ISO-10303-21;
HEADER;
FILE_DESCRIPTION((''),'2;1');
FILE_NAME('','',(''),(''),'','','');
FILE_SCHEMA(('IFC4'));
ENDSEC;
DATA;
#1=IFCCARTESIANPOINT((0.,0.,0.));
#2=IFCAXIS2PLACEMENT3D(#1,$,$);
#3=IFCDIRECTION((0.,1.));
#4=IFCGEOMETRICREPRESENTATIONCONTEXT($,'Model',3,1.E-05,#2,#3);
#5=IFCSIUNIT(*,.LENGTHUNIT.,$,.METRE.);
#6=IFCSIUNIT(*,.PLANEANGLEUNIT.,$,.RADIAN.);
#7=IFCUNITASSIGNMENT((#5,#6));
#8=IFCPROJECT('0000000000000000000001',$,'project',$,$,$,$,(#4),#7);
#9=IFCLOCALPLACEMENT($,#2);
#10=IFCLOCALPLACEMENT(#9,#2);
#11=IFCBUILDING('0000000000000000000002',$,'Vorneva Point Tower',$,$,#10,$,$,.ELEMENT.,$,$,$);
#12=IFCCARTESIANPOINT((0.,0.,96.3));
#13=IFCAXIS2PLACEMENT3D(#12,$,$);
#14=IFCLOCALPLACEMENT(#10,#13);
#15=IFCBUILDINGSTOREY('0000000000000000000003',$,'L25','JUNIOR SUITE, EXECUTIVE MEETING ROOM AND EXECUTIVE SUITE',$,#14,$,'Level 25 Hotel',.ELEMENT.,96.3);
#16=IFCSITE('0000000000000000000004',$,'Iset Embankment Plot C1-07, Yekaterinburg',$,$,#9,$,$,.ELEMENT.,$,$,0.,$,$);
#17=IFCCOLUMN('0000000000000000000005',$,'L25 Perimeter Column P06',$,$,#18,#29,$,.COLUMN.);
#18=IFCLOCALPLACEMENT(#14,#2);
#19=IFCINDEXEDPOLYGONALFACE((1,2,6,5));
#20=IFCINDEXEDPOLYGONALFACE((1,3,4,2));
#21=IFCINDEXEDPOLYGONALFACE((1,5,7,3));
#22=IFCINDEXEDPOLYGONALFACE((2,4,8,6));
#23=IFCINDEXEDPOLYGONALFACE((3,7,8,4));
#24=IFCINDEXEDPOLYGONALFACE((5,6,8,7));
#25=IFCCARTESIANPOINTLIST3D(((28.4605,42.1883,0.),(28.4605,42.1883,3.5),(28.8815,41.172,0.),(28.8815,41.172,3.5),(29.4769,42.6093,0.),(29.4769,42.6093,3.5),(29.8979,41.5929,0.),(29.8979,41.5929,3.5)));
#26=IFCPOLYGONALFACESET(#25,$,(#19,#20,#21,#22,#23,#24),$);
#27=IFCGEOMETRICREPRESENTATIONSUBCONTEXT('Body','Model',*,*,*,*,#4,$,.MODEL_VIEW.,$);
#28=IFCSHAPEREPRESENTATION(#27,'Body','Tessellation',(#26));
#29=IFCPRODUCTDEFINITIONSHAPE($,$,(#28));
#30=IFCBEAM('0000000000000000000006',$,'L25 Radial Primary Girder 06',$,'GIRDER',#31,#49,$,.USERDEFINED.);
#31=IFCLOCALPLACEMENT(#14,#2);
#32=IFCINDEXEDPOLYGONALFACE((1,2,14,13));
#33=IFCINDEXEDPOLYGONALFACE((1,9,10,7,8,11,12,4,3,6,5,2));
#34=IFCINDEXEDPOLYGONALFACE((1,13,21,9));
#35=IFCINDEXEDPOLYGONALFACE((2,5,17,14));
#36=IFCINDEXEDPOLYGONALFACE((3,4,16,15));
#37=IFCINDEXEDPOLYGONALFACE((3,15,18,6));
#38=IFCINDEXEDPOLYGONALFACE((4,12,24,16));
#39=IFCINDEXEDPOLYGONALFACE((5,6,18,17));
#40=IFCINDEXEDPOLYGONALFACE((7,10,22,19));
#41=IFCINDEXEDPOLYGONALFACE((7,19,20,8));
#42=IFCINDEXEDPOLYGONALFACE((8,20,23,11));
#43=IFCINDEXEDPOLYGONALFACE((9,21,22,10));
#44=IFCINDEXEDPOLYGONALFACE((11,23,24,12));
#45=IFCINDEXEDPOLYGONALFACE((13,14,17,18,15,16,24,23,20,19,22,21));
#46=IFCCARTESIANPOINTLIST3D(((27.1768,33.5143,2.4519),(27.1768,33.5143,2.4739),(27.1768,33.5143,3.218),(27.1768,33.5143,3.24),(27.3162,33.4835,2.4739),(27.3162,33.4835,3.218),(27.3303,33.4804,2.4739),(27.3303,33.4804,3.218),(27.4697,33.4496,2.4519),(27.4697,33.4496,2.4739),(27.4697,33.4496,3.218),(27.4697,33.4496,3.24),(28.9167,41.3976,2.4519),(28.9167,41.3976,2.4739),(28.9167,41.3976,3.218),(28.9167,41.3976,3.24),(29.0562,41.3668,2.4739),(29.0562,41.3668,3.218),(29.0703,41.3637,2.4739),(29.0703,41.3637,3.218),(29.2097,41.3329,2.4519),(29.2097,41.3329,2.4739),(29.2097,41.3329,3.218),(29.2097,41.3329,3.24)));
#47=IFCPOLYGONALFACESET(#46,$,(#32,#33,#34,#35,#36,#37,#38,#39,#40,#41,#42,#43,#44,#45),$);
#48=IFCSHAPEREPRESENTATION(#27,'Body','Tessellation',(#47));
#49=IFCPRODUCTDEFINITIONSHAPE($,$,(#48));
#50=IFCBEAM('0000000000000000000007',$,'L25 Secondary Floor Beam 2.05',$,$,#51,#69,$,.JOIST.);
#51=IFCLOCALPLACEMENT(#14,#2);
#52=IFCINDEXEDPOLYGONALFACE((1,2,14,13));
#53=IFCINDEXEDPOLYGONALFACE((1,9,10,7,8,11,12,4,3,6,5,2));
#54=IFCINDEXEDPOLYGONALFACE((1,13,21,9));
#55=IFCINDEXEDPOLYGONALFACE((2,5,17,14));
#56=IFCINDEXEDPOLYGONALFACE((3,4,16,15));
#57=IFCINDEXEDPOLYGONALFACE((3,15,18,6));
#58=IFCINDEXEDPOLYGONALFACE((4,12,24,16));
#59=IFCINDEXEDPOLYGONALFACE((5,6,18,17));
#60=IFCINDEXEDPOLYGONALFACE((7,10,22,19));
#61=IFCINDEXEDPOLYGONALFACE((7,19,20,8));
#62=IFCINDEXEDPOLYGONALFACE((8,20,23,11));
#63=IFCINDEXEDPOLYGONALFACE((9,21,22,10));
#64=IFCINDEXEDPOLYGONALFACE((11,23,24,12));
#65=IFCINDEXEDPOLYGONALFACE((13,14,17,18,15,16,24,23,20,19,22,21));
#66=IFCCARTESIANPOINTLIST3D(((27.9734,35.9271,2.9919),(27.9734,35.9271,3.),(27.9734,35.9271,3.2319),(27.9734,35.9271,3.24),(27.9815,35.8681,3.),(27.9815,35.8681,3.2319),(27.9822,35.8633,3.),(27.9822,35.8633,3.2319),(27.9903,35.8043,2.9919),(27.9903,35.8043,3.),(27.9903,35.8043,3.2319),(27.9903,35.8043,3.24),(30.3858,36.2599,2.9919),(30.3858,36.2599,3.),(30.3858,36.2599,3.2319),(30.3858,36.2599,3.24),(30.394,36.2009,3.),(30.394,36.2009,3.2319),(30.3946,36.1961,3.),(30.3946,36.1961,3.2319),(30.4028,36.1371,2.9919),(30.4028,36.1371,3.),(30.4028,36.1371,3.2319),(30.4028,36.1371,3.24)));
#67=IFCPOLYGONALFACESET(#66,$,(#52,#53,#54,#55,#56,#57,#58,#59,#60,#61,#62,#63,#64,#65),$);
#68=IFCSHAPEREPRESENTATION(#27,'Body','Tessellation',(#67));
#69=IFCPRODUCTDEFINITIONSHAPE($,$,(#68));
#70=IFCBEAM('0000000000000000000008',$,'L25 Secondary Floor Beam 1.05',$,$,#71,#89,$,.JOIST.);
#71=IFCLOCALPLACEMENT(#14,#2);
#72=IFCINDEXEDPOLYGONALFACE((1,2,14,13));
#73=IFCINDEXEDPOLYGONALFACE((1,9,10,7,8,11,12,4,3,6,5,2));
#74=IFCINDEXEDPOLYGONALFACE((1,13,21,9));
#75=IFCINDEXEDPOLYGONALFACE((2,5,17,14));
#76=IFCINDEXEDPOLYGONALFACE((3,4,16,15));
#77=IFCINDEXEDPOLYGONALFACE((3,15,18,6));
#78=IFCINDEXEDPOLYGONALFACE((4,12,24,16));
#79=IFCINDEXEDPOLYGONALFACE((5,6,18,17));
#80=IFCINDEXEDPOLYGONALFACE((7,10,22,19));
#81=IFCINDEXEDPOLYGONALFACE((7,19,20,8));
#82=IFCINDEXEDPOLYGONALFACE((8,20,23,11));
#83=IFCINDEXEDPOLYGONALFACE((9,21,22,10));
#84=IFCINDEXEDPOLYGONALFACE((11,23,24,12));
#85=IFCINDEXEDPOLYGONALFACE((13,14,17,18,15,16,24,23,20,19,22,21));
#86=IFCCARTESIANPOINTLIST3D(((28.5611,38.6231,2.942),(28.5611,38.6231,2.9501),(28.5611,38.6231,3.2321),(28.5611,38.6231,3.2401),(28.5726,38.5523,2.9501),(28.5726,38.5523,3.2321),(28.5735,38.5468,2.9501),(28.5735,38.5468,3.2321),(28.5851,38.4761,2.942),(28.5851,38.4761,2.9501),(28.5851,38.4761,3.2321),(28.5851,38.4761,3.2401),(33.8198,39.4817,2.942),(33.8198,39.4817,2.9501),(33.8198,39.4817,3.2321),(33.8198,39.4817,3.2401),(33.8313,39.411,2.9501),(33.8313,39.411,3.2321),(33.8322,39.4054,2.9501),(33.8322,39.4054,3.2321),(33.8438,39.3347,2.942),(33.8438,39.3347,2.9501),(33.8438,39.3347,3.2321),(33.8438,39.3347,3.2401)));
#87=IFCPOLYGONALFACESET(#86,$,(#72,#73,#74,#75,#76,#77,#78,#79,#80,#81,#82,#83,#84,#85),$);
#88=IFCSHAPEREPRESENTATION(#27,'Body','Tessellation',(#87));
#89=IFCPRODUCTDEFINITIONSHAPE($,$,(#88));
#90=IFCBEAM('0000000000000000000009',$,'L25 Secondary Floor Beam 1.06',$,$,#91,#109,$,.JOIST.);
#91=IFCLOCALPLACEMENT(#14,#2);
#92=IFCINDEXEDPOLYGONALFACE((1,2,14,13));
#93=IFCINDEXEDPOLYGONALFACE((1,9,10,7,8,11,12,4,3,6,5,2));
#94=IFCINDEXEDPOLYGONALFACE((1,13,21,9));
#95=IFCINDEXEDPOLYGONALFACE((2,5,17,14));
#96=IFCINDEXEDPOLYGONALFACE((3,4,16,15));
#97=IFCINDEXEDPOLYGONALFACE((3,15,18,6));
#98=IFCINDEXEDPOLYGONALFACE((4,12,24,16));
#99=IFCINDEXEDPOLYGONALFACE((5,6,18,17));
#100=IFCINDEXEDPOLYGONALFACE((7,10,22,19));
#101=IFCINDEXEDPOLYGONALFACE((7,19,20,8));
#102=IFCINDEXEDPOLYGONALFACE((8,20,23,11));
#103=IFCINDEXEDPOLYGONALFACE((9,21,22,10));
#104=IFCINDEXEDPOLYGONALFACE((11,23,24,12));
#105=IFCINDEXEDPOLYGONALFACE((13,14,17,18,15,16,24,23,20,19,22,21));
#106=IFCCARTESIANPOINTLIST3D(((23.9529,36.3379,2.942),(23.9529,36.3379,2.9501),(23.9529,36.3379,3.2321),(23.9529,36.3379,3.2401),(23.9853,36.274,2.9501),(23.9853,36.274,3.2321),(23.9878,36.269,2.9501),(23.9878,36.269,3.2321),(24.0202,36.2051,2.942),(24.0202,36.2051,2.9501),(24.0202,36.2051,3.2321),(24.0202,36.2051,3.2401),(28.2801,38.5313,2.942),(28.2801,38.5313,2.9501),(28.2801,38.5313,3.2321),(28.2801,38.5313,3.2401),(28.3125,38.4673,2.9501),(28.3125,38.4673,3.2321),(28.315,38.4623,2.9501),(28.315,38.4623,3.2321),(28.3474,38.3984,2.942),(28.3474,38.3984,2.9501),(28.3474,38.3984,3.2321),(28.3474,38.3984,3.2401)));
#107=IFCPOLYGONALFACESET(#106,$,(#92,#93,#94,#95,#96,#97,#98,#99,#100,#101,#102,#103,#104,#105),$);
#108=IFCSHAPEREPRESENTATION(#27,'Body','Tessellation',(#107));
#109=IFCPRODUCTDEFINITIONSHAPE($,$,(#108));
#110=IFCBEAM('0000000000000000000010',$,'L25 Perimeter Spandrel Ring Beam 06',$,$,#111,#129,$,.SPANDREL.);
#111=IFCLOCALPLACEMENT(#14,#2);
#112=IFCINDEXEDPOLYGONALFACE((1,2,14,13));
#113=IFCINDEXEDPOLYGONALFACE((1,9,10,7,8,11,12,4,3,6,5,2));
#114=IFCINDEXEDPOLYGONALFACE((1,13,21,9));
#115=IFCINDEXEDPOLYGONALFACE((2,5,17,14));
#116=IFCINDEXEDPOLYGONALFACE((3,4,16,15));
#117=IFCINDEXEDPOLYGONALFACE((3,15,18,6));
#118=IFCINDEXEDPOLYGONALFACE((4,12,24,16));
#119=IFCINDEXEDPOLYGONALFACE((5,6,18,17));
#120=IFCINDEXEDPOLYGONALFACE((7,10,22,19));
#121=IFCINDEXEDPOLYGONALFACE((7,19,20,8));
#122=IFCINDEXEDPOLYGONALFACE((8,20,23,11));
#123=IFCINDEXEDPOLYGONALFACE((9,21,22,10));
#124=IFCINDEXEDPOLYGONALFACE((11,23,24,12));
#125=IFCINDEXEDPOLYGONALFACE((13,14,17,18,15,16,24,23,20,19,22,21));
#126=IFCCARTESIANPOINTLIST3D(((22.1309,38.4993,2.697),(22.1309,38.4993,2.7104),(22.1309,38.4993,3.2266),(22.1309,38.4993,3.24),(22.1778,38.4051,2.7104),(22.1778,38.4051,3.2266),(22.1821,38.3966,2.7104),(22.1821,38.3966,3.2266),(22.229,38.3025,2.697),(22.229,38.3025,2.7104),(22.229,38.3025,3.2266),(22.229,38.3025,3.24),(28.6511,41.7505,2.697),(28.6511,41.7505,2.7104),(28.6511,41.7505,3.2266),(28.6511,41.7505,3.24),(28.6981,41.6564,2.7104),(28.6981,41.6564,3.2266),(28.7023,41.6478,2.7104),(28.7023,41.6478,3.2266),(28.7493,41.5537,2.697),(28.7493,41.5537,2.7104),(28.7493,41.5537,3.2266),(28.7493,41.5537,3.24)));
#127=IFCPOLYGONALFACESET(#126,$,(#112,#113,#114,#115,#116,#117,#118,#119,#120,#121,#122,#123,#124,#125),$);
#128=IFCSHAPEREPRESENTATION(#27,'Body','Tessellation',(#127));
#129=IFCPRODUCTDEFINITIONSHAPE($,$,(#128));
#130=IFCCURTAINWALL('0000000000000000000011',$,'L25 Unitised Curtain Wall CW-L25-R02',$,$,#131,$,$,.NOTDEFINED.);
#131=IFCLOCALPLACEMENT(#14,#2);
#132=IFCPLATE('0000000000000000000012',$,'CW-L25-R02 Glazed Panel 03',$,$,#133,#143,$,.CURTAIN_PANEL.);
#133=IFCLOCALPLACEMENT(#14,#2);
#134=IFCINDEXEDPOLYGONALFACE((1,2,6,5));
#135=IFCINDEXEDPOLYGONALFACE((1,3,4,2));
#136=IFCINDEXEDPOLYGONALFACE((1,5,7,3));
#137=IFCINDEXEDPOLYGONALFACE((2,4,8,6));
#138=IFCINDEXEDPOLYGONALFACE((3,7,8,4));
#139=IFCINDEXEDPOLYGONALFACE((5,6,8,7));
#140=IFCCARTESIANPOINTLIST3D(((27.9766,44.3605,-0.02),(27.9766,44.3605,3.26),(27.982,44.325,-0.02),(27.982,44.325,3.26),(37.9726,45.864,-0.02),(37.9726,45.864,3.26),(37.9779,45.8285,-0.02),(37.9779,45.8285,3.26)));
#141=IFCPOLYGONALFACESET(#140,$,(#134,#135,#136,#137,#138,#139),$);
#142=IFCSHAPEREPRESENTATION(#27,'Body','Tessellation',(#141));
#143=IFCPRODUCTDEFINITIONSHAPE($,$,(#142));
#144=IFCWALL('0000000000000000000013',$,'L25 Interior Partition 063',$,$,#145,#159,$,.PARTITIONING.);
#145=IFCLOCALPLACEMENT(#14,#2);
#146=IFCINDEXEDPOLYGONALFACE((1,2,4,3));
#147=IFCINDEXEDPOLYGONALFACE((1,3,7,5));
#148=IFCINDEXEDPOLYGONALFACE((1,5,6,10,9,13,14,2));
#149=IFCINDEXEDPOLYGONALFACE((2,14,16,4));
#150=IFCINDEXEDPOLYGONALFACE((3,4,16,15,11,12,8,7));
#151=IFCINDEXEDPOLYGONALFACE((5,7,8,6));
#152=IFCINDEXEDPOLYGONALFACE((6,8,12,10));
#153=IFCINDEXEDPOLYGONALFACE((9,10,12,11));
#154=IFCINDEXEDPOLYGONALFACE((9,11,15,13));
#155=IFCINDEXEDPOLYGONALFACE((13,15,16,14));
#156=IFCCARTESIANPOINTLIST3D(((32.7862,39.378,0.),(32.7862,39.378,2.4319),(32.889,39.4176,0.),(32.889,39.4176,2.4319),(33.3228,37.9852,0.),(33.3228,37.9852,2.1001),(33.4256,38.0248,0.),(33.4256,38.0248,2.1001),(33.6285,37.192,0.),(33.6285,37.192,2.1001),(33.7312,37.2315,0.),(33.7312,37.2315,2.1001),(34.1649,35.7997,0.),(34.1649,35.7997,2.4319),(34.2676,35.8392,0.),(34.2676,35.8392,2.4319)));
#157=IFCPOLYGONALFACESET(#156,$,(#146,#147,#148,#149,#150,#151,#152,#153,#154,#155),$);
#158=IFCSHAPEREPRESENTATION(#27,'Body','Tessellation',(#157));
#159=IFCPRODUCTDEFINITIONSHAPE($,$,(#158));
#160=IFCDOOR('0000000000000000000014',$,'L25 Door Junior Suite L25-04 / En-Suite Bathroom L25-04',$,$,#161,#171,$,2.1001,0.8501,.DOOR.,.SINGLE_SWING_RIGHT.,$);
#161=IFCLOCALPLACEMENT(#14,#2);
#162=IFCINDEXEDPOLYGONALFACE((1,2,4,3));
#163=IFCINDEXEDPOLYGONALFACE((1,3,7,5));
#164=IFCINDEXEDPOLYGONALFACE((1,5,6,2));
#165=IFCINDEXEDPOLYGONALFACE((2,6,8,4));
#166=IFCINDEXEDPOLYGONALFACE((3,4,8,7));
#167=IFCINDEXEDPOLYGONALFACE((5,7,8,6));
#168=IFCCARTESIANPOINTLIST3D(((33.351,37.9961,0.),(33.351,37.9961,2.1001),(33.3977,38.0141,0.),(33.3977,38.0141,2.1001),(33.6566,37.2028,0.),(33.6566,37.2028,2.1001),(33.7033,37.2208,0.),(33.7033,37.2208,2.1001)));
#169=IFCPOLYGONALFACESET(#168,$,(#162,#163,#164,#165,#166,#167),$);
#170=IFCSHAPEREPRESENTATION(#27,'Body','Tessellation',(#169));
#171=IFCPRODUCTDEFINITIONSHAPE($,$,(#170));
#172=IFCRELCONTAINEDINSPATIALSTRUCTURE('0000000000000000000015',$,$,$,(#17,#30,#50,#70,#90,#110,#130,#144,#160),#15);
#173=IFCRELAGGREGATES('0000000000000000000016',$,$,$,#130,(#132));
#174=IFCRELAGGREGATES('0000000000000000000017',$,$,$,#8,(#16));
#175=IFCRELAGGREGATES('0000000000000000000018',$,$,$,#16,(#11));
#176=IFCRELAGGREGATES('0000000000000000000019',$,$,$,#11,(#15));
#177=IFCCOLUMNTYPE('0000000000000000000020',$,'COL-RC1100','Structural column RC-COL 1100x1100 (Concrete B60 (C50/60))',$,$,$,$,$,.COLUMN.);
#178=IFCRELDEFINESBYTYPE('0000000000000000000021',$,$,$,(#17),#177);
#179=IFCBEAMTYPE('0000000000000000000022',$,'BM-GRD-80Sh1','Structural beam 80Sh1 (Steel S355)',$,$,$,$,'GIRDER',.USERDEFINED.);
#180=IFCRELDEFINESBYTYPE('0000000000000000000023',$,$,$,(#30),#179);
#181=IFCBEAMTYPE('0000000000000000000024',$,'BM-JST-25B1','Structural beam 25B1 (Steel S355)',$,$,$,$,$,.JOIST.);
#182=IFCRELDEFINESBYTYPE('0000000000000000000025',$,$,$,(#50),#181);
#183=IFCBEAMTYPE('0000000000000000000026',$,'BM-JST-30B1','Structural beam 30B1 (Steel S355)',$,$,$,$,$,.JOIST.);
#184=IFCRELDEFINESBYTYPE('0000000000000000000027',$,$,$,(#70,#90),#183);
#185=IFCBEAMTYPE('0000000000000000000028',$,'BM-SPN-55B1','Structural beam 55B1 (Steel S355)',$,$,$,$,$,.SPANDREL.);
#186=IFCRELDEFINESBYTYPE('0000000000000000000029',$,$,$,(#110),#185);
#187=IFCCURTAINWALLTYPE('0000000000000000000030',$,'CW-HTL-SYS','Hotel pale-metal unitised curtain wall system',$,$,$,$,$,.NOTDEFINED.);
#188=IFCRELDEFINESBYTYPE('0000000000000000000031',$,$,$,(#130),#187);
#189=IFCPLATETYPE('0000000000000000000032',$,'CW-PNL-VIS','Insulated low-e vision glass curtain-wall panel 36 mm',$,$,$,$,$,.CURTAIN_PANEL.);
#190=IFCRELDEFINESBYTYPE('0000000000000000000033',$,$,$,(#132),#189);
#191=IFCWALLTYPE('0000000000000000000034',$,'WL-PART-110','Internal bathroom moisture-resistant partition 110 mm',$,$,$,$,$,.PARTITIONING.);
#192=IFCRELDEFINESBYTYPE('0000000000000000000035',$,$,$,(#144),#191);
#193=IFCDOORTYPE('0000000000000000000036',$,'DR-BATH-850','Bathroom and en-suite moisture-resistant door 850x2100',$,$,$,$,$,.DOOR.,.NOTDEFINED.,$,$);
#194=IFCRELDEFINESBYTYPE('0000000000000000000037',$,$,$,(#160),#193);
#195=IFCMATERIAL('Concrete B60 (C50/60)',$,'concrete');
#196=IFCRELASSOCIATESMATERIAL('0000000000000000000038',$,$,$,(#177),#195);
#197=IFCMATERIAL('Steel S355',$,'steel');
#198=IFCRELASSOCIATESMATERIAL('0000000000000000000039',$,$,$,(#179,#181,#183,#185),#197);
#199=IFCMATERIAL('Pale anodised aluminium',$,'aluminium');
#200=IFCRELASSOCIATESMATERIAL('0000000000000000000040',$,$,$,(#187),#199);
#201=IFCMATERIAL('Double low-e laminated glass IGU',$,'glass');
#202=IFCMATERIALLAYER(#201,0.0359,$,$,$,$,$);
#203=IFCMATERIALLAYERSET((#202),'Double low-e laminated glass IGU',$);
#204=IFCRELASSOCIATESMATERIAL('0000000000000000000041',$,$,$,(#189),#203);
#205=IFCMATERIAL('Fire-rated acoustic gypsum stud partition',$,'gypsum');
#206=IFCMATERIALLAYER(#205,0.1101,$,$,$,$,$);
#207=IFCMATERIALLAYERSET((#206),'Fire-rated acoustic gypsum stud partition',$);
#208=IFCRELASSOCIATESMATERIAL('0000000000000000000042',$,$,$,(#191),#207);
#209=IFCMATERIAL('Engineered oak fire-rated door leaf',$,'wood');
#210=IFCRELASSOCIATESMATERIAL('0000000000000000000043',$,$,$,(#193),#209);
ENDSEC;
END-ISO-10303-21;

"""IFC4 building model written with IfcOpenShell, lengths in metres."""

from ifc_helpers import new_model, si_unit, direction, frame, frame_2d, origin, origin_2d, place, context, subcontext, project, spatial, rectangle, i_section, extrude, material, layer, layer_set, material_profile, profile_set, type_object, element, fill, aggregate, save


model = new_model("IFC4")

# Units and contexts
model_context = context("Model", 3, precision=1e-05, world=origin(), true_north=direction((0.0, 1.0)))
body_context = subcontext(model_context, "Body", "Model", "MODEL_VIEW")
ifc_project = project(units=[si_unit("LENGTHUNIT", "METRE"), si_unit("PLANEANGLEUNIT", "RADIAN")], contexts=[model_context])

# Site, building, storey
site_placement = place(None, origin())
site = spatial("IfcSite", under=ifc_project, at=site_placement, Name="Iset Embankment Plot C1-07, Yekaterinburg", CompositionType="ELEMENT", RefElevation=0.0)
building_placement = place(site_placement, origin())
building = spatial("IfcBuilding", under=site, at=building_placement, Name="Vorneva Point Tower", CompositionType="ELEMENT")
storey_placement = place(building_placement, frame((0.0, 0.0, 96.3)))
storey = spatial("IfcBuildingStorey", under=building, at=storey_placement, Name="L25", Description="JUNIOR SUITE, EXECUTIVE MEETING ROOM AND EXECUTIVE SUITE", LongName="Level 25 Hotel", CompositionType="ELEMENT", Elevation=96.3)

# Column
ifc_material_1 = material(Name="Concrete B60 (C50/60)", Category="concrete")
ifc_material_profile_1 = material_profile(ifc_material_1, rectangle(XDim=1.1001, YDim=1.1001, at=origin_2d()), Name="RC-COL 1100x1100")
ifc_profile_set_1 = profile_set([ifc_material_profile_1], Name="Concrete B60 (C50/60)")
column_type = type_object("IfcColumnType", Name="COL-RC1100", Description="Structural column RC-COL 1100x1100 (Concrete B60 (C50/60))", PredefinedType="COLUMN", material=ifc_profile_set_1)
column_placement = place(storey_placement, frame((29.1792, 41.8906, 0.0), z_axis=(0.0, 0.0, 1.0), x_axis=(-0.382683, 0.92388, 0.0)))
element("IfcColumn", 1, at=column_placement, inside=storey, type_object=column_type, Name="L25 Perimeter Column P06", PredefinedType="COLUMN", context=body_context, shape_type="SweptSolid", body=[
    extrude(rectangle(XDim=1.1001, YDim=1.1001, at=origin_2d()), origin(), (0.0, 0.0, 1.0), 3.5),
])

# Beams
ifc_material_2 = material(Name="Steel S355", Category="steel")
ifc_material_profile_2 = material_profile(ifc_material_2, i_section(OverallWidth=0.3, OverallDepth=0.7881, WebThickness=0.0144, FlangeThickness=0.022, at=origin_2d()), Name="80Sh1")
ifc_profile_set_2 = profile_set([ifc_material_profile_2], Name="Steel S355")
beam_type_1 = type_object("IfcBeamType", Name="BM-GRD-80Sh1", Description="Structural beam 80Sh1 (Steel S355)", ElementType="GIRDER", PredefinedType="USERDEFINED", material=ifc_profile_set_2)
beam_1_placement = place(storey_placement, frame((29.0632, 41.3652, 2.8459), z_axis=(-0.215531, -0.976497, 0.0), x_axis=(0.976497, -0.215531, 0.0)))
element("IfcBeam", 2, at=beam_1_placement, inside=storey, type_object=beam_type_1, Name="L25 Radial Primary Girder 06", ObjectType="GIRDER", PredefinedType="USERDEFINED", context=body_context, shape_type="SweptSolid", body=[
    extrude(i_section(OverallWidth=0.3, OverallDepth=0.7881, WebThickness=0.0144, FlangeThickness=0.022, at=origin_2d()), origin(), (0.0, 0.0, 1.0), 8.073),
])
ifc_material_profile_3 = material_profile(ifc_material_2, i_section(OverallWidth=0.124, OverallDepth=0.248, WebThickness=0.0049, FlangeThickness=0.0081, at=origin_2d()), Name="25B1")
ifc_profile_set_3 = profile_set([ifc_material_profile_3], Name="Steel S355")
beam_type_2 = type_object("IfcBeamType", Name="BM-JST-25B1", Description="Structural beam 25B1 (Steel S355)", PredefinedType="JOIST", material=ifc_profile_set_3)
beam_2_placement = place(storey_placement, frame((30.3943, 36.1985, 3.116), z_axis=(-0.99062, -0.136648, 0.0), x_axis=(0.136648, -0.99062, 0.0)))
element("IfcBeam", 3, at=beam_2_placement, inside=storey, type_object=beam_type_2, Name="L25 Secondary Floor Beam 2.05", PredefinedType="JOIST", context=body_context, shape_type="SweptSolid", body=[
    extrude(i_section(OverallWidth=0.124, OverallDepth=0.248, WebThickness=0.0049, FlangeThickness=0.0081, at=origin_2d()), origin(), (0.0, 0.0, 1.0), 2.4353),
])
ifc_material_profile_4 = material_profile(ifc_material_2, i_section(OverallWidth=0.1489, OverallDepth=0.2981, WebThickness=0.0056, FlangeThickness=0.0081, at=origin_2d()), Name="30B1")
ifc_profile_set_4 = profile_set([ifc_material_profile_4], Name="Steel S355")
beam_type_3 = type_object("IfcBeamType", Name="BM-JST-30B1", Description="Structural beam 30B1 (Steel S355)", PredefinedType="JOIST", material=ifc_profile_set_4)
beam_3_placement = place(storey_placement, frame((33.8318, 39.4082, 3.0911), z_axis=(-0.986931, -0.161144, 0.0), x_axis=(0.161144, -0.986931, 0.0)))
element("IfcBeam", 4, at=beam_3_placement, inside=storey, type_object=beam_type_3, Name="L25 Secondary Floor Beam 1.05", PredefinedType="JOIST", context=body_context, shape_type="SweptSolid", body=[
    extrude(i_section(OverallWidth=0.1489, OverallDepth=0.2981, WebThickness=0.0056, FlangeThickness=0.0081, at=origin_2d()), origin(), (0.0, 0.0, 1.0), 5.3284),
])
beam_4_placement = place(storey_placement, frame((28.3137, 38.4648, 3.0911), z_axis=(-0.891958, -0.452119, 0.0), x_axis=(0.452119, -0.891958, 0.0)))
element("IfcBeam", 5, at=beam_4_placement, inside=storey, type_object=beam_type_3, Name="L25 Secondary Floor Beam 1.06", PredefinedType="JOIST", context=body_context, shape_type="SweptSolid", body=[
    extrude(i_section(OverallWidth=0.1489, OverallDepth=0.2981, WebThickness=0.0056, FlangeThickness=0.0081, at=origin_2d()), origin(), (0.0, 0.0, 1.0), 4.8513),
])
ifc_material_profile_5 = material_profile(ifc_material_2, i_section(OverallWidth=0.22, OverallDepth=0.543, WebThickness=0.0095, FlangeThickness=0.0134, at=origin_2d()), Name="55B1")
ifc_profile_set_5 = profile_set([ifc_material_profile_5], Name="Steel S355")
beam_type_4 = type_object("IfcBeamType", Name="BM-SPN-55B1", Description="Structural beam 55B1 (Steel S355)", PredefinedType="SPANDREL", material=ifc_profile_set_5)
beam_5_placement = place(storey_placement, frame((28.7002, 41.6521, 2.9685), z_axis=(-0.894916, -0.446235, 0.0), x_axis=(0.446235, -0.894916, 0.0)))
element("IfcBeam", 6, at=beam_5_placement, inside=storey, type_object=beam_type_4, Name="L25 Perimeter Spandrel Ring Beam 06", PredefinedType="SPANDREL", context=body_context, shape_type="SweptSolid", body=[
    extrude(i_section(OverallWidth=0.22, OverallDepth=0.543, WebThickness=0.0095, FlangeThickness=0.0134, at=origin_2d()), origin(), (0.0, 0.0, 1.0), 7.2859),
])

# Curtain wall, plate
ifc_material_3 = material(Name="Pale anodised aluminium", Category="aluminium")
curtain_wall_type = type_object("IfcCurtainWallType", Name="CW-HTL-SYS", Description="Hotel pale-metal unitised curtain wall system", PredefinedType="NOTDEFINED", material=ifc_material_3)
curtain_wall_placement = place(storey_placement, origin())
curtain_wall = element("IfcCurtainWall", 7, at=curtain_wall_placement, inside=storey, type_object=curtain_wall_type, Name="L25 Unitised Curtain Wall CW-L25-R02", PredefinedType="NOTDEFINED")
ifc_material_4 = material(Name="Double low-e laminated glass IGU", Category="glass")
ifc_layer_1 = layer(ifc_material_4, 0.0359)
ifc_layer_set_1 = layer_set([ifc_layer_1], Name="Double low-e laminated glass IGU")
plate_type = type_object("IfcPlateType", Name="CW-PNL-VIS", Description="Insulated low-e vision glass curtain-wall panel 36 mm", PredefinedType="CURTAIN_PANEL", material=ifc_layer_set_1)
plate_placement = place(storey_placement, frame((32.9773, 45.0945, -0.02), z_axis=(0.0, 0.0, 1.0), x_axis=(-0.988876, -0.148741, 0.0)))
plate = element("IfcPlate", 8, at=plate_placement, type_object=plate_type, Name="CW-L25-R02 Glazed Panel 03", PredefinedType="CURTAIN_PANEL", context=body_context, shape_type="SweptSolid", body=[
    extrude(rectangle(XDim=10.1084, YDim=0.0359, at=origin_2d()), origin(), (0.0, 0.0, 1.0), 3.28),
])
aggregate(curtain_wall, [plate])

# Wall, opening, door
ifc_material_5 = material(Name="Fire-rated acoustic gypsum stud partition", Category="gypsum")
ifc_layer_2 = layer(ifc_material_5, 0.1101)
ifc_layer_set_2 = layer_set([ifc_layer_2], Name="Fire-rated acoustic gypsum stud partition")
wall_type_1 = type_object("IfcWallType", Name="WL-PART-110", Description="Internal bathroom moisture-resistant partition 110 mm", PredefinedType="PARTITIONING", material=ifc_layer_set_2)
wall_1_placement = place(storey_placement, frame((34.2163, 35.8193, 0.0), z_axis=(0.0, 0.0, 1.0), x_axis=(-0.359517, 0.933139, 0.0)))
wall_1 = element("IfcWall", 9, at=wall_1_placement, inside=storey, type_object=wall_type_1, Name="L25 Interior Partition 063", PredefinedType="PARTITIONING", context=body_context, shape_type="SweptSolid", body=[
    extrude(rectangle(XDim=3.8347, YDim=0.1101, at=frame_2d((1.9175, 0.0))), origin(), (0.0, 0.0, 1.0), 2.4319),
])
opening_1_placement = place(wall_1_placement, frame((1.4922, 0.0, 0.0)))
opening_1 = element("IfcOpeningElement", 10, at=opening_1_placement, cuts=wall_1, PredefinedType="OPENING", context=body_context, shape_type="SweptSolid", body=[
    extrude(rectangle(XDim=0.8501, YDim=2.1001, at=frame_2d((0.425, 1.05))), frame((0.0, 0.0698, 0.0), z_axis=(0.0, -1.0, 0.0), x_axis=(1.0, 0.0, 0.0)), (0.0, 0.0, 1.0), 0.1399),
])
ifc_material_6 = material(Name="Engineered oak fire-rated door leaf", Category="wood")
door_type_1 = type_object("IfcDoorType", Name="DR-BATH-850", Description="Bathroom and en-suite moisture-resistant door 850x2100", OperationType="NOTDEFINED", PredefinedType="DOOR", material=ifc_material_6)
door_1_placement = place(opening_1_placement, origin())
door_1 = element("IfcDoor", 11, at=door_1_placement, inside=storey, type_object=door_type_1, Name="L25 Door Junior Suite L25-04 / En-Suite Bathroom L25-04", OperationType="SINGLE_SWING_RIGHT", OverallHeight=2.1001, OverallWidth=0.8501, PredefinedType="DOOR", context=body_context, shape_type="SweptSolid", body=[
    extrude(rectangle(XDim=0.8501, YDim=2.1001, at=frame_2d((0.425, 1.05))), frame((0.0, 0.0249, 0.0), z_axis=(0.0, -1.0, 0.0), x_axis=(1.0, 0.0, 0.0)), (0.0, 0.0, 1.0), 0.05),
])
fill(opening_1, door_1)

save(model, "model.ifc")
